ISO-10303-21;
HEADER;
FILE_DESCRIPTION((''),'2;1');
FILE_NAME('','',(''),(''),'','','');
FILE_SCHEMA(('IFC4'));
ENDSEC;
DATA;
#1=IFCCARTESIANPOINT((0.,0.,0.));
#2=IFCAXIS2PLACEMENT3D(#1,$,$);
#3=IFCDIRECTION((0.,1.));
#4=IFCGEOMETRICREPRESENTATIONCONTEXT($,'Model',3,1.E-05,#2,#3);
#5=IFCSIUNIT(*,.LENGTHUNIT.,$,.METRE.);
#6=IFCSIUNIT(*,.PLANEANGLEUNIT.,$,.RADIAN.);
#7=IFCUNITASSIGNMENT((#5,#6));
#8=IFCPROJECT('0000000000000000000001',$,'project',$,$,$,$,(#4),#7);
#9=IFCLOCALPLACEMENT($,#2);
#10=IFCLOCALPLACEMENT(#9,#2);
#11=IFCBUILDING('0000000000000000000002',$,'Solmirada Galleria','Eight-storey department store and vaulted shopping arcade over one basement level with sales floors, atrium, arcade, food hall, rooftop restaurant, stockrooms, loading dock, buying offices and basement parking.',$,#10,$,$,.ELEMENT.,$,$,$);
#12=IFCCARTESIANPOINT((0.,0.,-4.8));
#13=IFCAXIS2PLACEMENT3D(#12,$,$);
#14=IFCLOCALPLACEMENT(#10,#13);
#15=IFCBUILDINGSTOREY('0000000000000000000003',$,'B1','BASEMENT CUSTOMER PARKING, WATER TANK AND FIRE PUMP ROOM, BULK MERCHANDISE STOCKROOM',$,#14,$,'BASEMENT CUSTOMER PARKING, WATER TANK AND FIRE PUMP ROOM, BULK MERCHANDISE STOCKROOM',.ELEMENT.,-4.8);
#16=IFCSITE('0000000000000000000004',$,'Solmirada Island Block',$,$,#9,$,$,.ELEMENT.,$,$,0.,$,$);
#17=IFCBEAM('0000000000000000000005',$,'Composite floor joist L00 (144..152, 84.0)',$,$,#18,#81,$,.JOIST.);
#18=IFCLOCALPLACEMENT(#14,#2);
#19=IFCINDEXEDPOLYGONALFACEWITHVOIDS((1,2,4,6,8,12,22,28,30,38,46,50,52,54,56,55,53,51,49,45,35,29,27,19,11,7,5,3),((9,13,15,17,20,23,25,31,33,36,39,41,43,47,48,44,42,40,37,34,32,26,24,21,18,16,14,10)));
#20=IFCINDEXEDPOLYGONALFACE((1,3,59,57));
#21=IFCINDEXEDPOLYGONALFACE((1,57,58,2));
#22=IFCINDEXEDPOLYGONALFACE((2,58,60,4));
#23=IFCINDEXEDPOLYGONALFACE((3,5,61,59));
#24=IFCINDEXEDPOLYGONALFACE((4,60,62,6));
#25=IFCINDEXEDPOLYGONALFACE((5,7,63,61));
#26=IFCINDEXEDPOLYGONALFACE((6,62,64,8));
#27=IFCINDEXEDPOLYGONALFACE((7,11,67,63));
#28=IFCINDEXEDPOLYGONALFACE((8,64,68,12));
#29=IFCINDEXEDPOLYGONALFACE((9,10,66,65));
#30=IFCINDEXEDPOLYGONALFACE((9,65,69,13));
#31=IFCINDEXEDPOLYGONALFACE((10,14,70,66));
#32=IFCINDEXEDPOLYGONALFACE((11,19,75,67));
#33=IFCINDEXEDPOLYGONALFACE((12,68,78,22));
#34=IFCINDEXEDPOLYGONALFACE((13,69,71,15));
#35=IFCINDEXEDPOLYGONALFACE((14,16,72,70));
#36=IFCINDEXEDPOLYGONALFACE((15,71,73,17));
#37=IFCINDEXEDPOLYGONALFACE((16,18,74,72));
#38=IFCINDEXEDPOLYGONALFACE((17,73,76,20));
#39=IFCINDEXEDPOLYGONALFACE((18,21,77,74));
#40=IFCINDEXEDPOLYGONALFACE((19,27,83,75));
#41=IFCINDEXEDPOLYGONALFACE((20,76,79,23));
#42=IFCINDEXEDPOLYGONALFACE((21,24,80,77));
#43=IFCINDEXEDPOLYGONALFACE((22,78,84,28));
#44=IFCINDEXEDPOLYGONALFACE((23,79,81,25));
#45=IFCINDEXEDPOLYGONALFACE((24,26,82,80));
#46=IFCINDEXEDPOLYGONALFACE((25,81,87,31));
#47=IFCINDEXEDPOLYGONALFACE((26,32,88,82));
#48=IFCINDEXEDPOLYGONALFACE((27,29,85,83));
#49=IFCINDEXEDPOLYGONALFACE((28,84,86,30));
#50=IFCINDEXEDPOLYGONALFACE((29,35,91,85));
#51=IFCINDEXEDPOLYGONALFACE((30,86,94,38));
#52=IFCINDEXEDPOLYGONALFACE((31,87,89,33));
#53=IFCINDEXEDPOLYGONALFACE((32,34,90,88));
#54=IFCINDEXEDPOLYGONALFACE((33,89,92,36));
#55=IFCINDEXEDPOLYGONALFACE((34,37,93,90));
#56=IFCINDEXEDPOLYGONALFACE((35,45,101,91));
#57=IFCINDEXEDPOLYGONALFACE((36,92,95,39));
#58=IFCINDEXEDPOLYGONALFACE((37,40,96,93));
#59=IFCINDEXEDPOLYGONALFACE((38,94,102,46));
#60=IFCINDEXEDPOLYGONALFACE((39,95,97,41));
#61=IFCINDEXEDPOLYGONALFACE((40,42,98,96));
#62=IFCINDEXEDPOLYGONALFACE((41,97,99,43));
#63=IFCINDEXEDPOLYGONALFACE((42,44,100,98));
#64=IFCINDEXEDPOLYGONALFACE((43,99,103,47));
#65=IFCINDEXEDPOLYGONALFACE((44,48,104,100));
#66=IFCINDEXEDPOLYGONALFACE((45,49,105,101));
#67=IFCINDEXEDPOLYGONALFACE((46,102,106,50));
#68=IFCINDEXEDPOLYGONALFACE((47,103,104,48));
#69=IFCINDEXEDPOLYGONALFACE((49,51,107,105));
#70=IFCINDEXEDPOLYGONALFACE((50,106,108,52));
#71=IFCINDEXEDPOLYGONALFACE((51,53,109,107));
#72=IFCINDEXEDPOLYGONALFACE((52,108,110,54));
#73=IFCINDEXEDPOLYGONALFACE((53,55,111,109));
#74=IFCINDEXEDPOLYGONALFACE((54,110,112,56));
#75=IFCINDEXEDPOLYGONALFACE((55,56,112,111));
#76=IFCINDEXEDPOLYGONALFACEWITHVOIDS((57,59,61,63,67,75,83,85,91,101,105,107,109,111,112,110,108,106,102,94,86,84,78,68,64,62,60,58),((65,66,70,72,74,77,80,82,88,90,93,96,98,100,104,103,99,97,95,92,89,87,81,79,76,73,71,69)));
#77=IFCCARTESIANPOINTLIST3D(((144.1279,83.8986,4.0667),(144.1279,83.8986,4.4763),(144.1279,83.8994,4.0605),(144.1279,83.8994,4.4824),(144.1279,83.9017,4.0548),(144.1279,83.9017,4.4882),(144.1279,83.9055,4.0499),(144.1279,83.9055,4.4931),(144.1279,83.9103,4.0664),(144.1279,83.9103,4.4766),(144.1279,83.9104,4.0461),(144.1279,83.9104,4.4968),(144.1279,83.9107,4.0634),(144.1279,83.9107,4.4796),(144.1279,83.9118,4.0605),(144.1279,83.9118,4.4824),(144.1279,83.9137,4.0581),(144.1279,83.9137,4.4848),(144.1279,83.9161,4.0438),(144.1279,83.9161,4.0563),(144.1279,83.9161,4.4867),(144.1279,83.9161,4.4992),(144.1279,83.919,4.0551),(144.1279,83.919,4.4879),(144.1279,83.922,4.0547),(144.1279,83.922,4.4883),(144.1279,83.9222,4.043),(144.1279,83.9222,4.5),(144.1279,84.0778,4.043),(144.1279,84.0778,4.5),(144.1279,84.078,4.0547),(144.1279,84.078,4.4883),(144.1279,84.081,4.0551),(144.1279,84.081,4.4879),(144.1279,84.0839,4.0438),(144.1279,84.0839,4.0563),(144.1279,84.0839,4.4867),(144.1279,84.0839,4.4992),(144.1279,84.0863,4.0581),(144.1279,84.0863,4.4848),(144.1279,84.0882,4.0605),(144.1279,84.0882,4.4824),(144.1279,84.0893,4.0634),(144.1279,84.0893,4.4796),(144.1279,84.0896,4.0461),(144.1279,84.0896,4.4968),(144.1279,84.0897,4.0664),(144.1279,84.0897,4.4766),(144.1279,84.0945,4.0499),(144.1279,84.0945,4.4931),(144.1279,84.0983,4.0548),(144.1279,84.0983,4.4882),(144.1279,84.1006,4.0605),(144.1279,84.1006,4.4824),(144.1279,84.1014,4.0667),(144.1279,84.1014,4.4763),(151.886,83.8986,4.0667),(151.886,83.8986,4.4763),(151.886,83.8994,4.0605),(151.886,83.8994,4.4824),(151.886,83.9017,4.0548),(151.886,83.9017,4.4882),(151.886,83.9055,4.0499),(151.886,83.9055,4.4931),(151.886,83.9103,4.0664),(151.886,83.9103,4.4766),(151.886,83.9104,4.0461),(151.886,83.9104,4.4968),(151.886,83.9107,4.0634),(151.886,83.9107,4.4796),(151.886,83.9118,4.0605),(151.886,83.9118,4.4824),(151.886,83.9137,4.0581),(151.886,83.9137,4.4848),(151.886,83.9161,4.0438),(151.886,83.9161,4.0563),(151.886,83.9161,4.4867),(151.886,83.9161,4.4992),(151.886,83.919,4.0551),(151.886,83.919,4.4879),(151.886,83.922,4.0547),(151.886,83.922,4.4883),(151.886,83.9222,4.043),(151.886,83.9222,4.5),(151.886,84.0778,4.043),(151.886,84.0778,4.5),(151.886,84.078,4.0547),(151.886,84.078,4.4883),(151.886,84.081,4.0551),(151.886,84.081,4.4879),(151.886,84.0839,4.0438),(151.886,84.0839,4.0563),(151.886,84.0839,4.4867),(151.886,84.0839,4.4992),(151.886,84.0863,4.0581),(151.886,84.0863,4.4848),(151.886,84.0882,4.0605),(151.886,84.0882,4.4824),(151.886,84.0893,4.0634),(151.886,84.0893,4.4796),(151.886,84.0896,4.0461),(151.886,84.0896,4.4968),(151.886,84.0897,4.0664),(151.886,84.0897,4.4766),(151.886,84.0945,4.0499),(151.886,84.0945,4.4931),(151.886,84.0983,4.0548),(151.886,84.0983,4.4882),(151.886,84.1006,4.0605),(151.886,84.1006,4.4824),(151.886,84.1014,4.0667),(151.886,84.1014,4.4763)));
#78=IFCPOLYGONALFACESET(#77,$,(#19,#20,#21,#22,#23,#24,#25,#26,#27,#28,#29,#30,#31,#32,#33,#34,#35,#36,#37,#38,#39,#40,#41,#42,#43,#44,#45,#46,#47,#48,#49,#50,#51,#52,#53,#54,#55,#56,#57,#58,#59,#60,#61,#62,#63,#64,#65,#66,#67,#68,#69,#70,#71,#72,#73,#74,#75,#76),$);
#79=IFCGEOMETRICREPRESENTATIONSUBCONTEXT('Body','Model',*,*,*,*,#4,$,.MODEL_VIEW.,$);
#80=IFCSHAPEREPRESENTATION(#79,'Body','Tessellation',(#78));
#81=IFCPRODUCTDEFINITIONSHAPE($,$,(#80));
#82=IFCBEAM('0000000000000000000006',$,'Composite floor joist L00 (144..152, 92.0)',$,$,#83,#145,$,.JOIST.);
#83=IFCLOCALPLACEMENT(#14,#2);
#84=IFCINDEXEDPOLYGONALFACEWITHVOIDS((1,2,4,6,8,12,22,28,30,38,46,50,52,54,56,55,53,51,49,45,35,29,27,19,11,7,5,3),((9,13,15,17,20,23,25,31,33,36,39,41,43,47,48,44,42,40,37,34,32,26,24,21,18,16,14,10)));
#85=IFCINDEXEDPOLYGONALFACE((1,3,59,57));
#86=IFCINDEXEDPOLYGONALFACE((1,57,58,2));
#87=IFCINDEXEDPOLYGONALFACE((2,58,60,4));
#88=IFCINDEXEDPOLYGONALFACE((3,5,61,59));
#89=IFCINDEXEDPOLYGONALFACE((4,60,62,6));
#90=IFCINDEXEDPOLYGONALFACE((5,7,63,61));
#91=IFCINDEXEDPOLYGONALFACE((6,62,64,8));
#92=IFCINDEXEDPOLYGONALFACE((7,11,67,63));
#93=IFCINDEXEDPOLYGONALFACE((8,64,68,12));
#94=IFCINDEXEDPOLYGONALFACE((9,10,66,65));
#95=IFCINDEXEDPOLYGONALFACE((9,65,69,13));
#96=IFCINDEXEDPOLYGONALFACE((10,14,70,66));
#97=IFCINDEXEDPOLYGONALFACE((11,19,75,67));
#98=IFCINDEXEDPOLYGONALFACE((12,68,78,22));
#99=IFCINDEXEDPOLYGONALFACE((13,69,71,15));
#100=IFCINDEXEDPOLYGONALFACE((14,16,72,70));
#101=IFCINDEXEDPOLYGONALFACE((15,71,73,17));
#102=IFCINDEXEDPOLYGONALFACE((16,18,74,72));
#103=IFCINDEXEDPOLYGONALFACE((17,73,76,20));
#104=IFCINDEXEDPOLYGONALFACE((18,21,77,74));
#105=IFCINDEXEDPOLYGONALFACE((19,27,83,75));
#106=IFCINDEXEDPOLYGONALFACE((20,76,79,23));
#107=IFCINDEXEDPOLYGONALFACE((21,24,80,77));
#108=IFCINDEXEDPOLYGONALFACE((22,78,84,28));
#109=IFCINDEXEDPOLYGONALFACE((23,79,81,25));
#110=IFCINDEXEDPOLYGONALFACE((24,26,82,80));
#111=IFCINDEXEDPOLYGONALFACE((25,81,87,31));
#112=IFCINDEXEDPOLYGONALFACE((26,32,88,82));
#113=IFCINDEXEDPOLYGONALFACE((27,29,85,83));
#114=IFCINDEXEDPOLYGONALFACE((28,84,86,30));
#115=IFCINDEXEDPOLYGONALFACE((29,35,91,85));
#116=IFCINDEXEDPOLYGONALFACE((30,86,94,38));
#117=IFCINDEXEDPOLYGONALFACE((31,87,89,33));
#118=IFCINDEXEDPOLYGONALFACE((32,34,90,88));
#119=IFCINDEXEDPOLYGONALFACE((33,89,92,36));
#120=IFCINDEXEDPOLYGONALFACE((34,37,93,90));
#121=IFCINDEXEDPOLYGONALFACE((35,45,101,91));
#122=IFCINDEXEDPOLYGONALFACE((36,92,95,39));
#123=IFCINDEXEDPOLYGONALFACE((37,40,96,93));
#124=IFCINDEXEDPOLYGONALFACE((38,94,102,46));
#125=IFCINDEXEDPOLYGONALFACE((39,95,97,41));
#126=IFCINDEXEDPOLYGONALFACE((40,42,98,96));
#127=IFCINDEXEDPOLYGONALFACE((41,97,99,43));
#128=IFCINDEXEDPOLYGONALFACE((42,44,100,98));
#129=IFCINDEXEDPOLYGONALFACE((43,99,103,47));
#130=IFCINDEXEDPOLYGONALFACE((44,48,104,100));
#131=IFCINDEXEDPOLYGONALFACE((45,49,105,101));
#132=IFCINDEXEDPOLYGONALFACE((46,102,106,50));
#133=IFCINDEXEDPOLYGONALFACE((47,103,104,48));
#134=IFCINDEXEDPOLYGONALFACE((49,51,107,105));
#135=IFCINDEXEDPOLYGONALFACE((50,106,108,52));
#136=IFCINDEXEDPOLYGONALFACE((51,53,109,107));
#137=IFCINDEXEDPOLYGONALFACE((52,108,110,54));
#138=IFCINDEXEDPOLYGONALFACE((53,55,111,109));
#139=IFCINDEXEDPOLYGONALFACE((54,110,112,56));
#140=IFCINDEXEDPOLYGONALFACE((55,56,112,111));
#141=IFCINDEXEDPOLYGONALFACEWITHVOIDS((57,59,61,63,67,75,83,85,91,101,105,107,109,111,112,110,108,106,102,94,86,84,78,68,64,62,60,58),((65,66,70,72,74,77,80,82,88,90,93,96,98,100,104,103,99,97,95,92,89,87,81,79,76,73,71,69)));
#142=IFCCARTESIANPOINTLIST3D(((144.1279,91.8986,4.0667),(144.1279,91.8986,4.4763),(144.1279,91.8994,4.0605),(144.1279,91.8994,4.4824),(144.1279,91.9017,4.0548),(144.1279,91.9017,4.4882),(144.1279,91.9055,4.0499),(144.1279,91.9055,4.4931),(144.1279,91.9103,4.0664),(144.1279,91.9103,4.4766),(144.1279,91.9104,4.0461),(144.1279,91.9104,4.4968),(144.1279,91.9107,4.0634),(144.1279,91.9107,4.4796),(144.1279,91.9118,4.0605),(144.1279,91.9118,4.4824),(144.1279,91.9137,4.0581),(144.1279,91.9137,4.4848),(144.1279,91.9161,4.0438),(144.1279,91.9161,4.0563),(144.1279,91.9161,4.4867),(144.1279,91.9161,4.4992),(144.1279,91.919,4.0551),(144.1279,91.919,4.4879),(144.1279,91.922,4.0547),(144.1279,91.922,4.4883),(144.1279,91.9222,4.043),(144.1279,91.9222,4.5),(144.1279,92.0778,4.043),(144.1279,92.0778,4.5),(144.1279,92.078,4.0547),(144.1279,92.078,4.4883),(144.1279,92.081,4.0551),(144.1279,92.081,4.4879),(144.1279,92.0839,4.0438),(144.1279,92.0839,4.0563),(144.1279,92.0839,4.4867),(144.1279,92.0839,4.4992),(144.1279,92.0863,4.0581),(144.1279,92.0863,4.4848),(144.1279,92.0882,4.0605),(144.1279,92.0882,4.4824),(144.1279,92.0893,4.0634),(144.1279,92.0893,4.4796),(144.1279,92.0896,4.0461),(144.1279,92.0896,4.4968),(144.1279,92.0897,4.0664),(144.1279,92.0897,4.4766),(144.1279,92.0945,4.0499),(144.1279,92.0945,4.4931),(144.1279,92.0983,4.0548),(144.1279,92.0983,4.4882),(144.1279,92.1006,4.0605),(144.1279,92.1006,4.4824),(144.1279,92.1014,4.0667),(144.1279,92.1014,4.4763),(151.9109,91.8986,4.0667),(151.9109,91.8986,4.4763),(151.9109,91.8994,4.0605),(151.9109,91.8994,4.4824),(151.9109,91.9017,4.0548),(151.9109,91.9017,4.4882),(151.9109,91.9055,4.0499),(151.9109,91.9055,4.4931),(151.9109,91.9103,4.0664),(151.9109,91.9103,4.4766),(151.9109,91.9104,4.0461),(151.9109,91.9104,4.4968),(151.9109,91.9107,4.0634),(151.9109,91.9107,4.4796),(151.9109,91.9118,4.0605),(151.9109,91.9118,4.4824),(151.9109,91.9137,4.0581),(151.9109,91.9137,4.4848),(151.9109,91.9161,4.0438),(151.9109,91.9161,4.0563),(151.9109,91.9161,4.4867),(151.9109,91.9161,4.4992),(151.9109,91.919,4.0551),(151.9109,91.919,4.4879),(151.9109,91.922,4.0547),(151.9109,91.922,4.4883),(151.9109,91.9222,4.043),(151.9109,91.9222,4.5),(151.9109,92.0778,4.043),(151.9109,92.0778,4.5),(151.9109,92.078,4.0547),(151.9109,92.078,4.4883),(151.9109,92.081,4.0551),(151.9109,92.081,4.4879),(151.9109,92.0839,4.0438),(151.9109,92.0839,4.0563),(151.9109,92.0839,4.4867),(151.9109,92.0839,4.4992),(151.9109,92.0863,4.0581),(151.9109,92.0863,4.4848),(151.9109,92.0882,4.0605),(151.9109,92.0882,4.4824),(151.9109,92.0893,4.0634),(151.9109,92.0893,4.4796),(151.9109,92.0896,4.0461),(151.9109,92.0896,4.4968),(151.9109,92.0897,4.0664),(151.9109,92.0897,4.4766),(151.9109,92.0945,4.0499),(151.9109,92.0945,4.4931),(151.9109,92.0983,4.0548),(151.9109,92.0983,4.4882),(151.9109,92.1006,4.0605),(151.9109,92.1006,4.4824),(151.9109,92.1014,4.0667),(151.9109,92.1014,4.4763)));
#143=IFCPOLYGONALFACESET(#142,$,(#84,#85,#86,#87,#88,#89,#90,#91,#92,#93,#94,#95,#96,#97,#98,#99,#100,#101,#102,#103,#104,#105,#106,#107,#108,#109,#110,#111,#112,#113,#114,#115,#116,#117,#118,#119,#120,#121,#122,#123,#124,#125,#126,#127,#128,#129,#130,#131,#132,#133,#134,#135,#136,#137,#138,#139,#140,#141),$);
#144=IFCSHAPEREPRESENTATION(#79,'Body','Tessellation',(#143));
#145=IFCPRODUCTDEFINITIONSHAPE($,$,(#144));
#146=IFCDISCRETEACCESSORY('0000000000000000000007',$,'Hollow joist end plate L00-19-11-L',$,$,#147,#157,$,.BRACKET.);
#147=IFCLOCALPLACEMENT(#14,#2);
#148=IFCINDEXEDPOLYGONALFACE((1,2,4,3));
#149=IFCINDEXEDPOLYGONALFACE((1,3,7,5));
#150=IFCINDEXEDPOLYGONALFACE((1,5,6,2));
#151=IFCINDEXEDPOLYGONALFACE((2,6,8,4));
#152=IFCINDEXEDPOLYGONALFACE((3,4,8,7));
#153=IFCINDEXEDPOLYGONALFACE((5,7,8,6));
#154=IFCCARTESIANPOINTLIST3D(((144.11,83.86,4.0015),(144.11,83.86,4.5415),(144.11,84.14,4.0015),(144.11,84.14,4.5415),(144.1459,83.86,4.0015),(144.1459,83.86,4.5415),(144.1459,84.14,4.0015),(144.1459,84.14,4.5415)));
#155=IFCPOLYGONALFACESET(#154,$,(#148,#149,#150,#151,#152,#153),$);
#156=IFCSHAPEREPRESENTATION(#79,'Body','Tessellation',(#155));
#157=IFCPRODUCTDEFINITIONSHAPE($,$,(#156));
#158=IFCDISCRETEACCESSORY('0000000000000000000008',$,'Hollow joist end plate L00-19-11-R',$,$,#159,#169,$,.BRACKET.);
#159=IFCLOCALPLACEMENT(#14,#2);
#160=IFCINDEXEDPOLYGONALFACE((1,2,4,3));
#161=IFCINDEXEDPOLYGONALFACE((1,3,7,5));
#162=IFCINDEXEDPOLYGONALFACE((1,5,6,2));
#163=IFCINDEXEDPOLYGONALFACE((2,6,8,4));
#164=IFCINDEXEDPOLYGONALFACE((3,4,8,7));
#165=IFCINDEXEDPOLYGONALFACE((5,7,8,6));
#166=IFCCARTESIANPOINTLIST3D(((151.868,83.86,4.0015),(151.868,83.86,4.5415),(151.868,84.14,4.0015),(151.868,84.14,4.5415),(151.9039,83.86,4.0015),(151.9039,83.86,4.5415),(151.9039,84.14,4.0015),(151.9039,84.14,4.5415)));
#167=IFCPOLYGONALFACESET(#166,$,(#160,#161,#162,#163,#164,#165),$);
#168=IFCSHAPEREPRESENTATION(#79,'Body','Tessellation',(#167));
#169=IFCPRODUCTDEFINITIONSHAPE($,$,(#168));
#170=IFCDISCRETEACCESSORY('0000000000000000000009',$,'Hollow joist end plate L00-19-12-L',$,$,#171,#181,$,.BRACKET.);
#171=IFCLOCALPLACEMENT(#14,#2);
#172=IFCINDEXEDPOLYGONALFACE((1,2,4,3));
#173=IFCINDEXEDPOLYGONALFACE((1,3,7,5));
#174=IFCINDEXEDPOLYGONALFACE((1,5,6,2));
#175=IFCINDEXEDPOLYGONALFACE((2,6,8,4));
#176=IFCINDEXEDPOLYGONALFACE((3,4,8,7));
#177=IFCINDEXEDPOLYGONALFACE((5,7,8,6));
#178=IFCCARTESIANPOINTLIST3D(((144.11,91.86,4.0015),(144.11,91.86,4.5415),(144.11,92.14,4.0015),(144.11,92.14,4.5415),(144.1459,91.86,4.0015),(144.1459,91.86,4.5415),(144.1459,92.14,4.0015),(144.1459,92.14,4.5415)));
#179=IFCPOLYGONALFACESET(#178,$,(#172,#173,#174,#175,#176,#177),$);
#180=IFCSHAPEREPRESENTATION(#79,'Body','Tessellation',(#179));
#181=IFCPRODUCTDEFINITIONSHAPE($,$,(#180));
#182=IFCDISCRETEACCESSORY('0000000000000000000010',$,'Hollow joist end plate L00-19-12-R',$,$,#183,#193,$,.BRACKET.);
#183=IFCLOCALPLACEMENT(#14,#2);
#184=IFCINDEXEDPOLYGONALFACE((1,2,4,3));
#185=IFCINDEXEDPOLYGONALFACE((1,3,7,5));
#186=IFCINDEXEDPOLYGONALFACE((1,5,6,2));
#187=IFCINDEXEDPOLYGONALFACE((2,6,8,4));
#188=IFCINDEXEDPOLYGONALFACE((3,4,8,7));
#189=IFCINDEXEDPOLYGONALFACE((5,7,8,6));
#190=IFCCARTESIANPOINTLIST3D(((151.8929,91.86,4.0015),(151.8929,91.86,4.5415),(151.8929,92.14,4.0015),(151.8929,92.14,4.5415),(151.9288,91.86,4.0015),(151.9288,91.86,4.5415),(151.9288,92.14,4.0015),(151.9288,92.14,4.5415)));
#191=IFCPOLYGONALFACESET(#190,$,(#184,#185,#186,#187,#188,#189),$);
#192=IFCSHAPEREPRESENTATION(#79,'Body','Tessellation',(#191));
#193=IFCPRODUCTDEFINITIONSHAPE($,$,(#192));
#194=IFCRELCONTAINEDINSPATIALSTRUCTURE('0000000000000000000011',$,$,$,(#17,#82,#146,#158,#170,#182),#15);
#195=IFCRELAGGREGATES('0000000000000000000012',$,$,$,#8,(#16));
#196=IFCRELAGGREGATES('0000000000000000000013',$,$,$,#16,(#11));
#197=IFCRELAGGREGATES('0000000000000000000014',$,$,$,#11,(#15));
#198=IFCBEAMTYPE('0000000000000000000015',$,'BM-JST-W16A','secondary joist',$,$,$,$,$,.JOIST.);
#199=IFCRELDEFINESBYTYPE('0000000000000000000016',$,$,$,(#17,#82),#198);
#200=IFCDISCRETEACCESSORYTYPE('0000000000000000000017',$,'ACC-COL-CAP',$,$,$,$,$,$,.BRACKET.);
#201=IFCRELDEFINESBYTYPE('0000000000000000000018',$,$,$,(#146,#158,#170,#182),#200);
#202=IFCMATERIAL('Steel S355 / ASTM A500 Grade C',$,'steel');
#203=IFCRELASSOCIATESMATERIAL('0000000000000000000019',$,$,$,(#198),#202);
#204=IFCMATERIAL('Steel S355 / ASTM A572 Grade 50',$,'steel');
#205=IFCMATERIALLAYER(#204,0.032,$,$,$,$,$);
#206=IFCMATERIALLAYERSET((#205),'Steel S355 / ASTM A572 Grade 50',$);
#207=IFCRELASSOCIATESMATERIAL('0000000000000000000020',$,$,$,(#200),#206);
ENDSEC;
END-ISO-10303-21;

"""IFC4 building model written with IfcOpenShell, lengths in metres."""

from ifc_helpers import new_model, si_unit, direction, frame, origin, origin_2d, place, context, subcontext, project, spatial, rectangle, hollow_rectangle, extrude, material, layer, layer_set, material_profile, profile_set, type_object, element, save


model = new_model("IFC4")

# Units and contexts
model_context = context("Model", 3, precision=1e-05, world=origin(), true_north=direction((0.0, 1.0)))
body_context = subcontext(model_context, "Body", "Model", "MODEL_VIEW")
ifc_project = project(units=[si_unit("LENGTHUNIT", "METRE"), si_unit("PLANEANGLEUNIT", "RADIAN")], contexts=[model_context])

# Site, building, storey
site_placement = place(None, origin())
site = spatial("IfcSite", under=ifc_project, at=site_placement, Name="Solmirada Island Block", CompositionType="ELEMENT", RefElevation=0.0)
building_placement = place(site_placement, origin())
building = spatial("IfcBuilding", under=site, at=building_placement, Name="Solmirada Galleria", Description="Eight-storey department store and vaulted shopping arcade over one basement level with sales floors, atrium, arcade, food hall, rooftop restaurant, stockrooms, loading dock, buying offices and basement parking.", CompositionType="ELEMENT")
storey_placement = place(building_placement, frame((0.0, 0.0, -4.8)))
storey = spatial("IfcBuildingStorey", under=building, at=storey_placement, Name="B1", Description="BASEMENT CUSTOMER PARKING, WATER TANK AND FIRE PUMP ROOM, BULK MERCHANDISE STOCKROOM", LongName="BASEMENT CUSTOMER PARKING, WATER TANK AND FIRE PUMP ROOM, BULK MERCHANDISE STOCKROOM", CompositionType="ELEMENT", Elevation=-4.8)

# Shared definitions
ifc_material_1 = material(Name="Steel S355 / ASTM A500 Grade C", Category="steel")

# Beams
ifc_material_profile_1 = material_profile(ifc_material_1, hollow_rectangle(XDim=0.2029, YDim=0.457, WallThickness=0.0117, InnerFilletRadius=0.0117, OuterFilletRadius=0.0237, at=origin_2d()), Name="HSS18X8X1/2")
ifc_profile_set_1 = profile_set([ifc_material_profile_1], Name="Steel S355 / ASTM A500 Grade C")
beam_type_1 = type_object("IfcBeamType", Name="BM-JST-W16A", Description="secondary joist", PredefinedType="JOIST", material=ifc_profile_set_1)
beam_1_placement = place(storey_placement, frame((144.1279, 84.0, 4.2715), z_axis=(1.0, 0.0, 0.0), x_axis=(0.0, 1.0, 0.0)))
element("IfcBeam", 1, at=beam_1_placement, inside=storey, type_object=beam_type_1, Name="Composite floor joist L00 (144..152, 84.0)", PredefinedType="JOIST", context=body_context, shape_type="SweptSolid", body=[
    extrude(hollow_rectangle(XDim=0.2029, YDim=0.457, WallThickness=0.0117, InnerFilletRadius=0.0117, OuterFilletRadius=0.0237, at=origin_2d()), origin(), (0.0, 0.0, 1.0), 7.7581),
])
beam_2_placement = place(storey_placement, frame((144.1279, 92.0, 4.2715), z_axis=(1.0, 0.0, 0.0), x_axis=(0.0, 1.0, 0.0)))
element("IfcBeam", 2, at=beam_2_placement, inside=storey, type_object=beam_type_1, Name="Composite floor joist L00 (144..152, 92.0)", PredefinedType="JOIST", context=body_context, shape_type="SweptSolid", body=[
    extrude(hollow_rectangle(XDim=0.2029, YDim=0.457, WallThickness=0.0117, InnerFilletRadius=0.0117, OuterFilletRadius=0.0237, at=origin_2d()), origin(), (0.0, 0.0, 1.0), 7.783),
])

# Discrete accessories
ifc_material_2 = material(Name="Steel S355 / ASTM A572 Grade 50", Category="steel")
ifc_layer = layer(ifc_material_2, 0.032)
ifc_layer_set = layer_set([ifc_layer], Name="Steel S355 / ASTM A572 Grade 50")
discrete_accessory_type = type_object("IfcDiscreteAccessoryType", Name="ACC-COL-CAP", PredefinedType="BRACKET", material=ifc_layer_set)
for number, where, z_axis, x_axis, name in (
    (3, (144.1279, 84.0, 4.0015), (0.0, 0.0, 1.0), (1.0, 0.0, 0.0), "Hollow joist end plate L00-19-11-L"),
    (4, (151.886, 84.0, 4.0015), (0.0, 0.0, 1.0), (1.0, 0.0, 0.0), "Hollow joist end plate L00-19-11-R"),
    (5, (144.1279, 92.0, 4.0015), (0.0, 0.0, 1.0), (1.0, 0.0, 0.0), "Hollow joist end plate L00-19-12-L"),
    (6, (151.9109, 92.0, 4.0015), (0.0, 0.0, 1.0), (1.0, 0.0, 0.0), "Hollow joist end plate L00-19-12-R"),
):
    element("IfcDiscreteAccessory", number, at=place(storey_placement, frame(where, z_axis=z_axis, x_axis=x_axis)), inside=storey, type_object=discrete_accessory_type, Name=name, PredefinedType="BRACKET", context=body_context, shape_type="SweptSolid", body=[
        extrude(rectangle(XDim=0.0359, YDim=0.28, at=origin_2d()), origin(), (0.0, 0.0, 1.0), 0.54),
    ])

save(model, "model.ifc")
